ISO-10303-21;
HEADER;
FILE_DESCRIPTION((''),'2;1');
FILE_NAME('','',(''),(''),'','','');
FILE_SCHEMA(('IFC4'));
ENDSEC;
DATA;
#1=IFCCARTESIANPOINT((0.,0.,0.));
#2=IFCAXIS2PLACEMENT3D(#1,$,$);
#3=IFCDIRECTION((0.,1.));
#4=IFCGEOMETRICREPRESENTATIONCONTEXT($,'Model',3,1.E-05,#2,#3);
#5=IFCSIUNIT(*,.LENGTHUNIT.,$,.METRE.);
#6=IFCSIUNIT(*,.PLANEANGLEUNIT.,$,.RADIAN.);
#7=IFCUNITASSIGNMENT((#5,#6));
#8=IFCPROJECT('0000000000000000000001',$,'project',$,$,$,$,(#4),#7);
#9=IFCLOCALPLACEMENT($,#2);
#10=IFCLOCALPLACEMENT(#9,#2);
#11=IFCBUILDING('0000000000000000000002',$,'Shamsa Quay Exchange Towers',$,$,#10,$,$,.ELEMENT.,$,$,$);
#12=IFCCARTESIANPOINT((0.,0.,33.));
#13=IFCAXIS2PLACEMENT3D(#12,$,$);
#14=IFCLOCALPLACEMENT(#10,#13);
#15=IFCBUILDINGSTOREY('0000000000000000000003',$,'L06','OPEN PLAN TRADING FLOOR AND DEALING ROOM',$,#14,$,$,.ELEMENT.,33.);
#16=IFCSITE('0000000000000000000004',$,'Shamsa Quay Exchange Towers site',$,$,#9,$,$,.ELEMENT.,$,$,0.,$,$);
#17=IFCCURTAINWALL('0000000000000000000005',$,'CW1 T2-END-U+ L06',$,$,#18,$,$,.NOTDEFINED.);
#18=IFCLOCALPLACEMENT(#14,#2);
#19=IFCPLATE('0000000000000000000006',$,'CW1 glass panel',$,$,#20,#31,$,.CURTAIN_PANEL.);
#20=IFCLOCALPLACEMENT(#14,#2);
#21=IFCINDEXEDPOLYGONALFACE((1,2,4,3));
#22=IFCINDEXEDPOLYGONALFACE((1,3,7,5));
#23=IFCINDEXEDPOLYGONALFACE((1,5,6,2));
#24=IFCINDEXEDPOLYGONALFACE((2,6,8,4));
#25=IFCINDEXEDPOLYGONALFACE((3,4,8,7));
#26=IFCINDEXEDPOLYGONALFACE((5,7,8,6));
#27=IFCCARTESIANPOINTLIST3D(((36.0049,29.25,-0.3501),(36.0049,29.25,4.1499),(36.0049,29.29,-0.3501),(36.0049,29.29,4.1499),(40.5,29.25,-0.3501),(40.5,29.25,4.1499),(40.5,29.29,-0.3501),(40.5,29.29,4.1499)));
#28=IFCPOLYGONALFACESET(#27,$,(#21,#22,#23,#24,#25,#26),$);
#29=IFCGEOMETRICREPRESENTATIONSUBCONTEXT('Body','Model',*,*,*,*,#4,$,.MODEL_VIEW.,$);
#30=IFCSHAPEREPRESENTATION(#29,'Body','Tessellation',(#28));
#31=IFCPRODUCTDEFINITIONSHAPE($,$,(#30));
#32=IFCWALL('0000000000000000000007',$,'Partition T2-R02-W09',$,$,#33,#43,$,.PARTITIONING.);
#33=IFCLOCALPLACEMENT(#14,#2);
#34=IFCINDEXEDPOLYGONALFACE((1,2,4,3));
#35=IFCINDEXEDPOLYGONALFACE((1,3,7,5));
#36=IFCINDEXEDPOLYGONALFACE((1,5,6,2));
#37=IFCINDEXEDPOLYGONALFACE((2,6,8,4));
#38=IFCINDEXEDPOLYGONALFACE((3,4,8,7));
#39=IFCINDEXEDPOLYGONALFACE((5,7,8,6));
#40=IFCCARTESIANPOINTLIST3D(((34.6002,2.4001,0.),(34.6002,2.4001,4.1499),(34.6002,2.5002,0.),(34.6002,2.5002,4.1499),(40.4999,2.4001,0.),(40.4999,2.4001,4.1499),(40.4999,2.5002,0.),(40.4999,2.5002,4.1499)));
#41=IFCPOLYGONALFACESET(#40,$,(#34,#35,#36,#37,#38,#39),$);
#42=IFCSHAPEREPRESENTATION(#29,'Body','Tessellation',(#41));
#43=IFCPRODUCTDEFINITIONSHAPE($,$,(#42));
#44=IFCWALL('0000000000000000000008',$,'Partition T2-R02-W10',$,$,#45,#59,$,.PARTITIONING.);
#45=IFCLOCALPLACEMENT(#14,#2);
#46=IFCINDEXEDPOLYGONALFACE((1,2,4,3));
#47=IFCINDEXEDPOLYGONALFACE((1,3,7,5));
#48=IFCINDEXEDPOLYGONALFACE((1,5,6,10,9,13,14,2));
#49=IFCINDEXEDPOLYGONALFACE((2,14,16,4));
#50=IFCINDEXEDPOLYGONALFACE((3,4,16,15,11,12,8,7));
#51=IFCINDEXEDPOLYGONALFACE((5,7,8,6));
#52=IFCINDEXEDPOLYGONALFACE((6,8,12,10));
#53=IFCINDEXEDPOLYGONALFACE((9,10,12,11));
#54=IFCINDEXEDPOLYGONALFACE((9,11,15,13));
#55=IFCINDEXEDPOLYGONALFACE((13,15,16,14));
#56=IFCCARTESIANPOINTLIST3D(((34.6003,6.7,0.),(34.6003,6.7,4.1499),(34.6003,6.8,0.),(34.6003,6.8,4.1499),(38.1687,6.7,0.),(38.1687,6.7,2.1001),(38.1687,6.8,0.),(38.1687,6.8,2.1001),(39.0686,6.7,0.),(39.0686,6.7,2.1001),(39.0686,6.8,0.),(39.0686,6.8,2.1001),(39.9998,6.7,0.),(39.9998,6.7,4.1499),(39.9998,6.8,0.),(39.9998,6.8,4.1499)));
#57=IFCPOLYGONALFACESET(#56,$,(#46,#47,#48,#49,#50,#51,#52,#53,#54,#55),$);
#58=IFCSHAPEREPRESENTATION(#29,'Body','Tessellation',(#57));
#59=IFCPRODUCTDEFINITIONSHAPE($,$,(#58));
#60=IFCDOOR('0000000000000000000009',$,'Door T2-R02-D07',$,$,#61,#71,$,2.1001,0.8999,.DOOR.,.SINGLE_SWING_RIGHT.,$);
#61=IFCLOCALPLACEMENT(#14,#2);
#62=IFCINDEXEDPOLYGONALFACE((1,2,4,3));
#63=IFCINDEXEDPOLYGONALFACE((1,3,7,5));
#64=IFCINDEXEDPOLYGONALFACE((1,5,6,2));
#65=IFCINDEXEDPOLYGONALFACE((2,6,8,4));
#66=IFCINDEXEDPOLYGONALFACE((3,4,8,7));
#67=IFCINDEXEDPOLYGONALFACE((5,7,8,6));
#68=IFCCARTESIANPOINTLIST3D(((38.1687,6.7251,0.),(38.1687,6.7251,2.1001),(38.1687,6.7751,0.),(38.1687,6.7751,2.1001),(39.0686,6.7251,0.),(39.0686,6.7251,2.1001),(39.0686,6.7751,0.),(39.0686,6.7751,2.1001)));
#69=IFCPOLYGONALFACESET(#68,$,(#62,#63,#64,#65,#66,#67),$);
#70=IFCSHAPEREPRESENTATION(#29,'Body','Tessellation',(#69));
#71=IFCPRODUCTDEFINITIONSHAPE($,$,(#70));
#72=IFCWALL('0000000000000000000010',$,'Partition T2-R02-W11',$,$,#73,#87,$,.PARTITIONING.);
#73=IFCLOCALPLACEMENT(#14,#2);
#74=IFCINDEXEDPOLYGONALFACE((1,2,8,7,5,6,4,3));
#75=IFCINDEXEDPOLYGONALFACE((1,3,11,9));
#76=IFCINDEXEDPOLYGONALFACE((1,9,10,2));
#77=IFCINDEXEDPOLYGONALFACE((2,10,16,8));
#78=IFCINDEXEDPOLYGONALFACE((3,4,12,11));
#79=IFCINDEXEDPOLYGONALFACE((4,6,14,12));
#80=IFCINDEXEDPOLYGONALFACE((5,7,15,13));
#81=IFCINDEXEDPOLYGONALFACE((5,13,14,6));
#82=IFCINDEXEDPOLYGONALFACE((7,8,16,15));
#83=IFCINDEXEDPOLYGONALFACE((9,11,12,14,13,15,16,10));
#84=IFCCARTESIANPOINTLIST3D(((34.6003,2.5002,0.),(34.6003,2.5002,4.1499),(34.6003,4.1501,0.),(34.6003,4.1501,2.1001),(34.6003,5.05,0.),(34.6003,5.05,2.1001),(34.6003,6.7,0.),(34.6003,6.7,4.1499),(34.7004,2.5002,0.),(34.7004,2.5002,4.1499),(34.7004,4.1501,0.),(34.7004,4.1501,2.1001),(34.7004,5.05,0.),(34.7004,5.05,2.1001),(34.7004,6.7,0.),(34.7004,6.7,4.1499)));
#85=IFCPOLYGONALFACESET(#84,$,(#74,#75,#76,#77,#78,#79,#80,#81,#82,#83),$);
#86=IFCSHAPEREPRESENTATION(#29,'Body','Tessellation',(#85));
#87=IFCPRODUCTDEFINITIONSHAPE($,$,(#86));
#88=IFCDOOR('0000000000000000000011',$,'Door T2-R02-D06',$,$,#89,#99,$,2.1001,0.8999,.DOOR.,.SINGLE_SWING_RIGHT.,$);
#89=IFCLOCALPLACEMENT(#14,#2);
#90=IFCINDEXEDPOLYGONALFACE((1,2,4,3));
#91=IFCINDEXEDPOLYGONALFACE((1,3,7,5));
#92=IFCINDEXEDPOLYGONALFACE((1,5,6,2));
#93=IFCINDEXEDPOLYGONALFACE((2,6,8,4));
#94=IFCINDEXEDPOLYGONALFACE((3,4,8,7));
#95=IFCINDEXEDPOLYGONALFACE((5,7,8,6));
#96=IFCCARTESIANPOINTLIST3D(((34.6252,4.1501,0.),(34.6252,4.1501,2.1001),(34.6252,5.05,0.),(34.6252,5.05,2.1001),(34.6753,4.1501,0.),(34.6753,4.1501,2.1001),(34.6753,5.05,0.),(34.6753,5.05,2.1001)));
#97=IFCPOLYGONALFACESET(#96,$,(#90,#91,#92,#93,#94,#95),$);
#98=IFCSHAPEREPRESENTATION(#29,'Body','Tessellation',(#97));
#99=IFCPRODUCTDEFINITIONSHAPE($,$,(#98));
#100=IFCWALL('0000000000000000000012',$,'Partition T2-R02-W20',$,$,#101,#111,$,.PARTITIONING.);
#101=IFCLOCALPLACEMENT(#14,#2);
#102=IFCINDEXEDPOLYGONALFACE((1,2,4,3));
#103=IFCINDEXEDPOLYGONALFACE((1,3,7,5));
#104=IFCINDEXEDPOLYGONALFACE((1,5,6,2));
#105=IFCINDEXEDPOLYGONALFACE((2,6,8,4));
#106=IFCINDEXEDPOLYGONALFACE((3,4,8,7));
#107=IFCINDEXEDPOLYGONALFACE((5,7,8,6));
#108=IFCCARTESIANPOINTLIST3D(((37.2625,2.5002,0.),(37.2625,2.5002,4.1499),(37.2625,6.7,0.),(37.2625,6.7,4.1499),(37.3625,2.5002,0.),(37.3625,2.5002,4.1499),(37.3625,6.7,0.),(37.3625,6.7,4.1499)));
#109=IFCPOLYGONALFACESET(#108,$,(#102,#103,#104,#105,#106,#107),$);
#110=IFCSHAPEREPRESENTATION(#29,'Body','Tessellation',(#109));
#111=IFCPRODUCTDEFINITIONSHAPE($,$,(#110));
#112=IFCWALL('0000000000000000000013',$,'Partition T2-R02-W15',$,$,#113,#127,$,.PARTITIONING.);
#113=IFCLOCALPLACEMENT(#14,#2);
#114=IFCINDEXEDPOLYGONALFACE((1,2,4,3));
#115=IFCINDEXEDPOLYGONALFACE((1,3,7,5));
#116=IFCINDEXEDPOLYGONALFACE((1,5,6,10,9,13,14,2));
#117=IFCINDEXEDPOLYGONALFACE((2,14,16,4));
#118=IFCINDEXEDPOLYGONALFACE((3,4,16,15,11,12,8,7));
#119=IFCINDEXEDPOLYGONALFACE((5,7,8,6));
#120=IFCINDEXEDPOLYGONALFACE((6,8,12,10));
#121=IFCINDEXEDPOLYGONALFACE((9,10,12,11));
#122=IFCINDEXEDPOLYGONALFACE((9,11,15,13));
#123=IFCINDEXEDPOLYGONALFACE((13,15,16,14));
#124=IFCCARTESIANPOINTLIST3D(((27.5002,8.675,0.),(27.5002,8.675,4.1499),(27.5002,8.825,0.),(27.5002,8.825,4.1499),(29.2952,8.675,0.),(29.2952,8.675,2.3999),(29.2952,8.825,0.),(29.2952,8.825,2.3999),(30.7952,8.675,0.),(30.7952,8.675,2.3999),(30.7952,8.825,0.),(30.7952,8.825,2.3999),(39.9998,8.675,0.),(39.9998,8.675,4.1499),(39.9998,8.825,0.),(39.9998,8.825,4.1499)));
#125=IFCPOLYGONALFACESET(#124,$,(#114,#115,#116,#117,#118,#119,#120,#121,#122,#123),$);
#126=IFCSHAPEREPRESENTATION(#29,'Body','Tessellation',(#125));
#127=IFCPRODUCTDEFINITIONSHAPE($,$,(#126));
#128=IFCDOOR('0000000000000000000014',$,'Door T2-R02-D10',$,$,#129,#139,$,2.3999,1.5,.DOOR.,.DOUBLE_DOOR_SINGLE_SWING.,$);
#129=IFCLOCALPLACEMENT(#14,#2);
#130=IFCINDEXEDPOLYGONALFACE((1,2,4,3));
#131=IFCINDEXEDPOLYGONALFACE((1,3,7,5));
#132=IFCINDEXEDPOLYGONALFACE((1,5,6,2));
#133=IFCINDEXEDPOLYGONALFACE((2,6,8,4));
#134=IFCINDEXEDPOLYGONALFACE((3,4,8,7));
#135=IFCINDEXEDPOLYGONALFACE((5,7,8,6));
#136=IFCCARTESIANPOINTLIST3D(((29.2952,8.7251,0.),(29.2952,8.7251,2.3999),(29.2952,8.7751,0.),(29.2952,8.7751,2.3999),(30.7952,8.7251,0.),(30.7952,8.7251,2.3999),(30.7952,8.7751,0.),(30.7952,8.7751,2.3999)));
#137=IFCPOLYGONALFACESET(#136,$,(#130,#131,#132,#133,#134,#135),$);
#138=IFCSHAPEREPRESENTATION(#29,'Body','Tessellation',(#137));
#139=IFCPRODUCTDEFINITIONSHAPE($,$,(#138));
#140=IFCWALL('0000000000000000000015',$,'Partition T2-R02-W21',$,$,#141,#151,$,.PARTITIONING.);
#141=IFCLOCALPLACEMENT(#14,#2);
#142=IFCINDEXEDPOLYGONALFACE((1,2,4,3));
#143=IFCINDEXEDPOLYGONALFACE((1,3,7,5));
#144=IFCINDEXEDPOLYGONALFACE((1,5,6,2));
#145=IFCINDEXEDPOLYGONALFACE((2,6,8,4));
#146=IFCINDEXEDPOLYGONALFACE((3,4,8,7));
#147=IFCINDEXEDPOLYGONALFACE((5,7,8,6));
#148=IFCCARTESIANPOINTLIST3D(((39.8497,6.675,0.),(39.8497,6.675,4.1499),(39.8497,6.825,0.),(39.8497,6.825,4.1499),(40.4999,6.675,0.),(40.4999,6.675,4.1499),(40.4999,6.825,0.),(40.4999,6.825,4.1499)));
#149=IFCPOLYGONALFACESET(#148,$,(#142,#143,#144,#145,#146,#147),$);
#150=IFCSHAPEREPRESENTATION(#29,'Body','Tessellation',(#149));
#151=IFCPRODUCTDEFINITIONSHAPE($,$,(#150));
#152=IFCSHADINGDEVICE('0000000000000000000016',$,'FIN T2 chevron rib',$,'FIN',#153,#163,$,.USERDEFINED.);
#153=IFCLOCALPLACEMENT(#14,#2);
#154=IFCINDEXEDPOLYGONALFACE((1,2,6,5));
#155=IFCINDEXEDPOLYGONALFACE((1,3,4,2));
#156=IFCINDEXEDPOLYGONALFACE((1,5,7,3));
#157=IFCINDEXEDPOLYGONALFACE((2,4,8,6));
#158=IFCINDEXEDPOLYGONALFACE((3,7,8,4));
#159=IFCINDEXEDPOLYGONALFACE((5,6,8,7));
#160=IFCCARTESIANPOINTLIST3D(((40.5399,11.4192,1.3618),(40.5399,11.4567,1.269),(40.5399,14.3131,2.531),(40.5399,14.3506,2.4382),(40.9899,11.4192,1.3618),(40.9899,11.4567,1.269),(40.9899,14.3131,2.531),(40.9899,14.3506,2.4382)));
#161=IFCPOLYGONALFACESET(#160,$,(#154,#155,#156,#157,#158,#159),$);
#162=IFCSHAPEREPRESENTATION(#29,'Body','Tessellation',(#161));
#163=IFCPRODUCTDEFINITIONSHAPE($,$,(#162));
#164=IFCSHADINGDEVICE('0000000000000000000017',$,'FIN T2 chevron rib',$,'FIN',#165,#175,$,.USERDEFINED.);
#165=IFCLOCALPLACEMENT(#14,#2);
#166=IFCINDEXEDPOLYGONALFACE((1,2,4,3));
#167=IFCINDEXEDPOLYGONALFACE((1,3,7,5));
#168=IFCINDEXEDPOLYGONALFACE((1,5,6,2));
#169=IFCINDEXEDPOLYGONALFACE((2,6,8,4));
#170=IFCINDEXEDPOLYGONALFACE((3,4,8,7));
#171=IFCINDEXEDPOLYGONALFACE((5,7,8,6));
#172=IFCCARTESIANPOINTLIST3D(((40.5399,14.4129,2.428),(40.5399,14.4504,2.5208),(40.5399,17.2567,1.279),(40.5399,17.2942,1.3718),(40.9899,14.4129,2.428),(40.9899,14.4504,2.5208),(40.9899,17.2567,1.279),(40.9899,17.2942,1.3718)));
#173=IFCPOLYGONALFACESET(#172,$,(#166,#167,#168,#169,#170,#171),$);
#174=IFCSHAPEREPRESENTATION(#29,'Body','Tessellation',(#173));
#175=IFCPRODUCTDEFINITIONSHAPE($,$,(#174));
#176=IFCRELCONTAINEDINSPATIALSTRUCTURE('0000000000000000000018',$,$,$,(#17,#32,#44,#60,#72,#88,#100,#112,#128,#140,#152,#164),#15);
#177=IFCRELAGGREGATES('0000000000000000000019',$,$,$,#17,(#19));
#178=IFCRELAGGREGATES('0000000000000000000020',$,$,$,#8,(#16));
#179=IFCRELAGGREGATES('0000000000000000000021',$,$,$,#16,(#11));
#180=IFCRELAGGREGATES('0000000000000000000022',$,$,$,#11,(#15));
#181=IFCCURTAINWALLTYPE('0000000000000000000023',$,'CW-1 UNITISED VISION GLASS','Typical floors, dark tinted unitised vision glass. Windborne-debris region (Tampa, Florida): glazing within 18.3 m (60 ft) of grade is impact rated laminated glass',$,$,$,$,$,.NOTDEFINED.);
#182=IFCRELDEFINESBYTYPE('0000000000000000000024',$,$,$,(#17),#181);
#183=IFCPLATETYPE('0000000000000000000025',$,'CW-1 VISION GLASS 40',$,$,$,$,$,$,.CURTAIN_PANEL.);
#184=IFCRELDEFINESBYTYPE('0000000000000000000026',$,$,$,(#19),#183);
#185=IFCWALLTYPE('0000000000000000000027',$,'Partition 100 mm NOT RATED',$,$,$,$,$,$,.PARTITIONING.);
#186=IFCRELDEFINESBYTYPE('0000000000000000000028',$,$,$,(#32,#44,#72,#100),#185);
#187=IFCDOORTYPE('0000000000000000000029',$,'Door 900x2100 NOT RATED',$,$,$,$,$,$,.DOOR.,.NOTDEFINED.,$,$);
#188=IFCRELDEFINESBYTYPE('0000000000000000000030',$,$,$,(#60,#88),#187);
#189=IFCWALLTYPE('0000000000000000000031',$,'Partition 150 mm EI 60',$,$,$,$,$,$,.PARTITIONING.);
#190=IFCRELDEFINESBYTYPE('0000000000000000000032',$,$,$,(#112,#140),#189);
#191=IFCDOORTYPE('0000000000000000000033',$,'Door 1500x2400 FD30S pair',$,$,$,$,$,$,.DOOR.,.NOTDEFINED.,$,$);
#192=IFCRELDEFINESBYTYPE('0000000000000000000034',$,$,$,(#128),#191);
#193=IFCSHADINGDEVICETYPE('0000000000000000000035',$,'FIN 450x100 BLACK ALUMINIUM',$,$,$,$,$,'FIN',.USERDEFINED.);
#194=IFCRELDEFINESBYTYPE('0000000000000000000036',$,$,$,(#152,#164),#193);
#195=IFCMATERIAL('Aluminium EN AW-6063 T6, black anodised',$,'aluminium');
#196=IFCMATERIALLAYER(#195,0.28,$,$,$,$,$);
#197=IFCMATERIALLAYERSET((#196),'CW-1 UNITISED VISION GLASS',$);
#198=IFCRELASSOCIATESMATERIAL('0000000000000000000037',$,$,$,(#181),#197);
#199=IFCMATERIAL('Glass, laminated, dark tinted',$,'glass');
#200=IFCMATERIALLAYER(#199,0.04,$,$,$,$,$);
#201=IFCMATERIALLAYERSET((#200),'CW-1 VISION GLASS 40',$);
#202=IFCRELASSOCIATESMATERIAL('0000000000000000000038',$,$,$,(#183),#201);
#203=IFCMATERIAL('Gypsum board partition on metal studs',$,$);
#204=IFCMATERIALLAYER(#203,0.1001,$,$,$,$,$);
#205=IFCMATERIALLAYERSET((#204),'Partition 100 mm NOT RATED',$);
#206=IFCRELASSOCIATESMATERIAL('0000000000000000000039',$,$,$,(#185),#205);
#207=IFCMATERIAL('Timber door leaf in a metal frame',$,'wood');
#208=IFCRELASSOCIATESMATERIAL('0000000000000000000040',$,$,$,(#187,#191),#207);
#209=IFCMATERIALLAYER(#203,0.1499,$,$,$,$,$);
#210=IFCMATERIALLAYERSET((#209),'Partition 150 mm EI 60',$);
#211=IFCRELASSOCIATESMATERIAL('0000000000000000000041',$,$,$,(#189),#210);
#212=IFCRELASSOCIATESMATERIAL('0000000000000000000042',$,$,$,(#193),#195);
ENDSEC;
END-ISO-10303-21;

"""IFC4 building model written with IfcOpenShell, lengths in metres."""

from ifc_helpers import new_model, si_unit, direction, frame, frame_2d, origin, origin_2d, place, context, subcontext, project, spatial, rectangle, extrude, material, layer, layer_set, material_profile, profile_set, type_object, element, fill, aggregate, save


model = new_model("IFC4")

# Units and contexts
model_context = context("Model", 3, precision=1e-05, world=origin(), true_north=direction((0.0, 1.0)))
body_context = subcontext(model_context, "Body", "Model", "MODEL_VIEW")
ifc_project = project(units=[si_unit("LENGTHUNIT", "METRE"), si_unit("PLANEANGLEUNIT", "RADIAN")], contexts=[model_context])

# Site, building, storey
site_placement = place(None, origin())
site = spatial("IfcSite", under=ifc_project, at=site_placement, Name="Shamsa Quay Exchange Towers site", CompositionType="ELEMENT", RefElevation=0.0)
building_placement = place(site_placement, origin())
building = spatial("IfcBuilding", under=site, at=building_placement, Name="Shamsa Quay Exchange Towers", CompositionType="ELEMENT")
storey_placement = place(building_placement, frame((0.0, 0.0, 33.0)))
storey = spatial("IfcBuildingStorey", under=building, at=storey_placement, Name="L06", Description="OPEN PLAN TRADING FLOOR AND DEALING ROOM", CompositionType="ELEMENT", Elevation=33.0)

# Shared definitions
ifc_material_1 = material(Name="Aluminium EN AW-6063 T6, black anodised", Category="aluminium")
ifc_layer_1 = layer(ifc_material_1, 0.28)
ifc_layer_set_1 = layer_set([ifc_layer_1], Name="CW-1 UNITISED VISION GLASS")
curtain_wall_type = type_object("IfcCurtainWallType", Name="CW-1 UNITISED VISION GLASS", Description="Typical floors, dark tinted unitised vision glass. Windborne-debris region (Tampa, Florida): glazing within 18.3 m (60 ft) of grade is impact rated laminated glass", PredefinedType="NOTDEFINED", material=ifc_layer_set_1)

# Curtain wall
curtain_wall_1_placement = place(storey_placement, origin())
curtain_wall_1 = element("IfcCurtainWall", 1, at=curtain_wall_1_placement, inside=storey, type_object=curtain_wall_type, Name="CW1 T2-END-U+ L06", PredefinedType="NOTDEFINED")

# Plate
ifc_material_2 = material(Name="Glass, laminated, dark tinted", Category="glass")
ifc_layer_2 = layer(ifc_material_2, 0.04)
ifc_layer_set_2 = layer_set([ifc_layer_2], Name="CW-1 VISION GLASS 40")
plate_type = type_object("IfcPlateType", Name="CW-1 VISION GLASS 40", PredefinedType="CURTAIN_PANEL", material=ifc_layer_set_2)
plate_1_placement = place(storey_placement, frame((38.2524, 29.27, -0.3501), z_axis=(0.0, 0.0, 1.0), x_axis=(-1.0, 0.0, 0.0)))
plate_1 = element("IfcPlate", 2, at=plate_1_placement, type_object=plate_type, Name="CW1 glass panel", PredefinedType="CURTAIN_PANEL", context=body_context, shape_type="SweptSolid", body=[
    extrude(rectangle(XDim=4.4951, YDim=0.04, at=origin_2d()), origin(), (0.0, 0.0, 1.0), 4.5),
])
aggregate(curtain_wall_1, [plate_1])

# Wall
ifc_material_3 = material(Name="Gypsum board partition on metal studs")
ifc_layer_3 = layer(ifc_material_3, 0.1001)
ifc_layer_set_3 = layer_set([ifc_layer_3], Name="Partition 100 mm NOT RATED")
wall_type_1 = type_object("IfcWallType", Name="Partition 100 mm NOT RATED", PredefinedType="PARTITIONING", material=ifc_layer_set_3)
wall_1_placement = place(storey_placement, frame((34.6003, 2.4502, 0.0)))
element("IfcWall", 3, at=wall_1_placement, inside=storey, type_object=wall_type_1, Name="Partition T2-R02-W09", PredefinedType="PARTITIONING", context=body_context, shape_type="SweptSolid", body=[
    extrude(rectangle(XDim=5.8997, YDim=0.1001, at=frame_2d((2.9497, 0.0))), origin(), (0.0, 0.0, 1.0), 4.1499),
])

# Walls, openings, doors
wall_2_placement = place(storey_placement, frame((39.9998, 6.75, 0.0), z_axis=(0.0, 0.0, 1.0), x_axis=(-1.0, 0.0, 0.0)))
wall_2 = element("IfcWall", 4, at=wall_2_placement, inside=storey, type_object=wall_type_1, Name="Partition T2-R02-W10", PredefinedType="PARTITIONING", context=body_context, shape_type="SweptSolid", body=[
    extrude(rectangle(XDim=5.3994, YDim=0.1001, at=frame_2d((2.6997, 0.0))), origin(), (0.0, 0.0, 1.0), 4.1499),
])
opening_1_placement = place(wall_2_placement, frame((0.9312, 0.0, 0.0)))
opening_1 = element("IfcOpeningElement", 5, at=opening_1_placement, cuts=wall_2, PredefinedType="OPENING", context=body_context, shape_type="SweptSolid", body=[
    extrude(rectangle(XDim=0.8999, YDim=2.1001, at=frame_2d((0.45, 1.05))), frame((0.0, 0.0601, 0.0), z_axis=(0.0, -1.0, 0.0), x_axis=(1.0, 0.0, 0.0)), (0.0, 0.0, 1.0), 0.1201),
])
ifc_material_4 = material(Name="Timber door leaf in a metal frame", Category="wood")
door_type_1 = type_object("IfcDoorType", Name="Door 900x2100 NOT RATED", OperationType="NOTDEFINED", PredefinedType="DOOR", material=ifc_material_4)
door_1_placement = place(opening_1_placement, origin())
door_1 = element("IfcDoor", 6, at=door_1_placement, inside=storey, type_object=door_type_1, Name="Door T2-R02-D07", OperationType="SINGLE_SWING_RIGHT", OverallHeight=2.1001, OverallWidth=0.8999, PredefinedType="DOOR", context=body_context, shape_type="SweptSolid", body=[
    extrude(rectangle(XDim=0.8999, YDim=2.1001, at=frame_2d((0.45, 1.05))), frame((0.0, 0.0249, 0.0), z_axis=(0.0, -1.0, 0.0), x_axis=(1.0, 0.0, 0.0)), (0.0, 0.0, 1.0), 0.05),
])
fill(opening_1, door_1)
wall_3_placement = place(storey_placement, frame((34.6504, 6.7, 0.0), z_axis=(0.0, 0.0, 1.0), x_axis=(0.0, -1.0, 0.0)))
wall_3 = element("IfcWall", 7, at=wall_3_placement, inside=storey, type_object=wall_type_1, Name="Partition T2-R02-W11", PredefinedType="PARTITIONING", context=body_context, shape_type="SweptSolid", body=[
    extrude(rectangle(XDim=4.1997, YDim=0.1001, at=frame_2d((2.0999, 0.0))), origin(), (0.0, 0.0, 1.0), 4.1499),
])
opening_2_placement = place(wall_3_placement, frame((1.6499, 0.0, 0.0)))
opening_2 = element("IfcOpeningElement", 8, at=opening_2_placement, cuts=wall_3, PredefinedType="OPENING", context=body_context, shape_type="SweptSolid", body=[
    extrude(rectangle(XDim=0.8999, YDim=2.1001, at=frame_2d((0.45, 1.05))), frame((0.0, 0.0601, 0.0), z_axis=(0.0, -1.0, 0.0), x_axis=(1.0, 0.0, 0.0)), (0.0, 0.0, 1.0), 0.1201),
])
door_2_placement = place(opening_2_placement, origin())
door_2 = element("IfcDoor", 9, at=door_2_placement, inside=storey, type_object=door_type_1, Name="Door T2-R02-D06", OperationType="SINGLE_SWING_RIGHT", OverallHeight=2.1001, OverallWidth=0.8999, PredefinedType="DOOR", context=body_context, shape_type="SweptSolid", body=[
    extrude(rectangle(XDim=0.8999, YDim=2.1001, at=frame_2d((0.45, 1.05))), frame((0.0, 0.0249, 0.0), z_axis=(0.0, -1.0, 0.0), x_axis=(1.0, 0.0, 0.0)), (0.0, 0.0, 1.0), 0.05),
])
fill(opening_2, door_2)

# Wall
wall_4_placement = place(storey_placement, frame((37.3125, 6.7, 0.0), z_axis=(0.0, 0.0, 1.0), x_axis=(0.0, -1.0, 0.0)))
element("IfcWall", 10, at=wall_4_placement, inside=storey, type_object=wall_type_1, Name="Partition T2-R02-W20", PredefinedType="PARTITIONING", context=body_context, shape_type="SweptSolid", body=[
    extrude(rectangle(XDim=4.1997, YDim=0.1001, at=frame_2d((2.0999, 0.0))), origin(), (0.0, 0.0, 1.0), 4.1499),
])

# Wall, opening, door
ifc_layer_4 = layer(ifc_material_3, 0.1499)
ifc_layer_set_4 = layer_set([ifc_layer_4], Name="Partition 150 mm EI 60")
wall_type_2 = type_object("IfcWallType", Name="Partition 150 mm EI 60", PredefinedType="PARTITIONING", material=ifc_layer_set_4)
door_type_2 = type_object("IfcDoorType", Name="Door 1500x2400 FD30S pair", OperationType="NOTDEFINED", PredefinedType="DOOR", material=ifc_material_4)
wall_5_placement = place(storey_placement, frame((39.9998, 8.75, 0.0), z_axis=(0.0, 0.0, 1.0), x_axis=(-1.0, 0.0, 0.0)))
wall_5 = element("IfcWall", 11, at=wall_5_placement, inside=storey, type_object=wall_type_2, Name="Partition T2-R02-W15", PredefinedType="PARTITIONING", context=body_context, shape_type="SweptSolid", body=[
    extrude(rectangle(XDim=12.4995, YDim=0.1499, at=frame_2d((6.2498, 0.0))), origin(), (0.0, 0.0, 1.0), 4.1499),
])
opening_3_placement = place(wall_5_placement, frame((9.2046, 0.0, 0.0)))
opening_3 = element("IfcOpeningElement", 12, at=opening_3_placement, cuts=wall_5, PredefinedType="OPENING", context=body_context, shape_type="SweptSolid", body=[
    extrude(rectangle(XDim=1.5, YDim=2.3999, at=frame_2d((0.75, 1.2))), frame((0.0, 0.085, 0.0), z_axis=(0.0, -1.0, 0.0), x_axis=(1.0, 0.0, 0.0)), (0.0, 0.0, 1.0), 0.1699),
])
door_3_placement = place(opening_3_placement, origin())
door_3 = element("IfcDoor", 13, at=door_3_placement, inside=storey, type_object=door_type_2, Name="Door T2-R02-D10", OperationType="DOUBLE_DOOR_SINGLE_SWING", OverallHeight=2.3999, OverallWidth=1.5, PredefinedType="DOOR", context=body_context, shape_type="SweptSolid", body=[
    extrude(rectangle(XDim=1.5, YDim=2.3999, at=frame_2d((0.75, 1.2))), frame((0.0, 0.0249, 0.0), z_axis=(0.0, -1.0, 0.0), x_axis=(1.0, 0.0, 0.0)), (0.0, 0.0, 1.0), 0.05),
])
fill(opening_3, door_3)

# Wall
wall_6_placement = place(storey_placement, frame((40.5, 6.75, 0.0), z_axis=(0.0, 0.0, 1.0), x_axis=(-1.0, 0.0, 0.0)))
element("IfcWall", 14, at=wall_6_placement, inside=storey, type_object=wall_type_2, Name="Partition T2-R02-W21", PredefinedType="PARTITIONING", context=body_context, shape_type="SweptSolid", body=[
    extrude(rectangle(XDim=0.6501, YDim=0.1499, at=frame_2d((0.3252, 0.0))), origin(), (0.0, 0.0, 1.0), 4.1499),
])

# Shading devices
ifc_material_profile_1 = material_profile(ifc_material_1, rectangle(XDim=0.45, YDim=0.1001, at=origin_2d()), Name="FIN450x100")
ifc_profile_set_1 = profile_set([ifc_material_profile_1], Name="Aluminium EN AW-6063 T6, black anodised")
shading_device_type = type_object("IfcShadingDeviceType", Name="FIN 450x100 BLACK ALUMINIUM", ElementType="FIN", PredefinedType="USERDEFINED", material=ifc_profile_set_1)
shading_device_1_placement = place(storey_placement, frame((40.7649, 11.438, 1.3154), z_axis=(0.0, 0.927182, 0.374612), x_axis=(-1.0, 0.0, 0.0)))
element("IfcShadingDevice", 15, at=shading_device_1_placement, inside=storey, type_object=shading_device_type, Name="FIN T2 chevron rib", ObjectType="FIN", PredefinedType="USERDEFINED", context=body_context, shape_type="SweptSolid", body=[
    extrude(rectangle(XDim=0.45, YDim=0.1001, at=origin_2d()), origin(), (0.0, 0.0, 1.0), 3.1211),
])
for number, where, z_axis, x_axis, name in (
    (16, (40.7649, 14.4316, 2.4744), (0.0, 0.927187, -0.3746), (-1.0, 0.0, 0.0), "FIN T2 chevron rib"),
):
    element("IfcShadingDevice", number, at=place(storey_placement, frame(where, z_axis=z_axis, x_axis=x_axis)), inside=storey, type_object=shading_device_type, Name=name, ObjectType="FIN", PredefinedType="USERDEFINED", context=body_context, shape_type="SweptSolid", body=[
        extrude(rectangle(XDim=0.45, YDim=0.1001, at=origin_2d()), origin(), (0.0, 0.0, 1.0), 3.0671),
    ])

save(model, "model.ifc")
